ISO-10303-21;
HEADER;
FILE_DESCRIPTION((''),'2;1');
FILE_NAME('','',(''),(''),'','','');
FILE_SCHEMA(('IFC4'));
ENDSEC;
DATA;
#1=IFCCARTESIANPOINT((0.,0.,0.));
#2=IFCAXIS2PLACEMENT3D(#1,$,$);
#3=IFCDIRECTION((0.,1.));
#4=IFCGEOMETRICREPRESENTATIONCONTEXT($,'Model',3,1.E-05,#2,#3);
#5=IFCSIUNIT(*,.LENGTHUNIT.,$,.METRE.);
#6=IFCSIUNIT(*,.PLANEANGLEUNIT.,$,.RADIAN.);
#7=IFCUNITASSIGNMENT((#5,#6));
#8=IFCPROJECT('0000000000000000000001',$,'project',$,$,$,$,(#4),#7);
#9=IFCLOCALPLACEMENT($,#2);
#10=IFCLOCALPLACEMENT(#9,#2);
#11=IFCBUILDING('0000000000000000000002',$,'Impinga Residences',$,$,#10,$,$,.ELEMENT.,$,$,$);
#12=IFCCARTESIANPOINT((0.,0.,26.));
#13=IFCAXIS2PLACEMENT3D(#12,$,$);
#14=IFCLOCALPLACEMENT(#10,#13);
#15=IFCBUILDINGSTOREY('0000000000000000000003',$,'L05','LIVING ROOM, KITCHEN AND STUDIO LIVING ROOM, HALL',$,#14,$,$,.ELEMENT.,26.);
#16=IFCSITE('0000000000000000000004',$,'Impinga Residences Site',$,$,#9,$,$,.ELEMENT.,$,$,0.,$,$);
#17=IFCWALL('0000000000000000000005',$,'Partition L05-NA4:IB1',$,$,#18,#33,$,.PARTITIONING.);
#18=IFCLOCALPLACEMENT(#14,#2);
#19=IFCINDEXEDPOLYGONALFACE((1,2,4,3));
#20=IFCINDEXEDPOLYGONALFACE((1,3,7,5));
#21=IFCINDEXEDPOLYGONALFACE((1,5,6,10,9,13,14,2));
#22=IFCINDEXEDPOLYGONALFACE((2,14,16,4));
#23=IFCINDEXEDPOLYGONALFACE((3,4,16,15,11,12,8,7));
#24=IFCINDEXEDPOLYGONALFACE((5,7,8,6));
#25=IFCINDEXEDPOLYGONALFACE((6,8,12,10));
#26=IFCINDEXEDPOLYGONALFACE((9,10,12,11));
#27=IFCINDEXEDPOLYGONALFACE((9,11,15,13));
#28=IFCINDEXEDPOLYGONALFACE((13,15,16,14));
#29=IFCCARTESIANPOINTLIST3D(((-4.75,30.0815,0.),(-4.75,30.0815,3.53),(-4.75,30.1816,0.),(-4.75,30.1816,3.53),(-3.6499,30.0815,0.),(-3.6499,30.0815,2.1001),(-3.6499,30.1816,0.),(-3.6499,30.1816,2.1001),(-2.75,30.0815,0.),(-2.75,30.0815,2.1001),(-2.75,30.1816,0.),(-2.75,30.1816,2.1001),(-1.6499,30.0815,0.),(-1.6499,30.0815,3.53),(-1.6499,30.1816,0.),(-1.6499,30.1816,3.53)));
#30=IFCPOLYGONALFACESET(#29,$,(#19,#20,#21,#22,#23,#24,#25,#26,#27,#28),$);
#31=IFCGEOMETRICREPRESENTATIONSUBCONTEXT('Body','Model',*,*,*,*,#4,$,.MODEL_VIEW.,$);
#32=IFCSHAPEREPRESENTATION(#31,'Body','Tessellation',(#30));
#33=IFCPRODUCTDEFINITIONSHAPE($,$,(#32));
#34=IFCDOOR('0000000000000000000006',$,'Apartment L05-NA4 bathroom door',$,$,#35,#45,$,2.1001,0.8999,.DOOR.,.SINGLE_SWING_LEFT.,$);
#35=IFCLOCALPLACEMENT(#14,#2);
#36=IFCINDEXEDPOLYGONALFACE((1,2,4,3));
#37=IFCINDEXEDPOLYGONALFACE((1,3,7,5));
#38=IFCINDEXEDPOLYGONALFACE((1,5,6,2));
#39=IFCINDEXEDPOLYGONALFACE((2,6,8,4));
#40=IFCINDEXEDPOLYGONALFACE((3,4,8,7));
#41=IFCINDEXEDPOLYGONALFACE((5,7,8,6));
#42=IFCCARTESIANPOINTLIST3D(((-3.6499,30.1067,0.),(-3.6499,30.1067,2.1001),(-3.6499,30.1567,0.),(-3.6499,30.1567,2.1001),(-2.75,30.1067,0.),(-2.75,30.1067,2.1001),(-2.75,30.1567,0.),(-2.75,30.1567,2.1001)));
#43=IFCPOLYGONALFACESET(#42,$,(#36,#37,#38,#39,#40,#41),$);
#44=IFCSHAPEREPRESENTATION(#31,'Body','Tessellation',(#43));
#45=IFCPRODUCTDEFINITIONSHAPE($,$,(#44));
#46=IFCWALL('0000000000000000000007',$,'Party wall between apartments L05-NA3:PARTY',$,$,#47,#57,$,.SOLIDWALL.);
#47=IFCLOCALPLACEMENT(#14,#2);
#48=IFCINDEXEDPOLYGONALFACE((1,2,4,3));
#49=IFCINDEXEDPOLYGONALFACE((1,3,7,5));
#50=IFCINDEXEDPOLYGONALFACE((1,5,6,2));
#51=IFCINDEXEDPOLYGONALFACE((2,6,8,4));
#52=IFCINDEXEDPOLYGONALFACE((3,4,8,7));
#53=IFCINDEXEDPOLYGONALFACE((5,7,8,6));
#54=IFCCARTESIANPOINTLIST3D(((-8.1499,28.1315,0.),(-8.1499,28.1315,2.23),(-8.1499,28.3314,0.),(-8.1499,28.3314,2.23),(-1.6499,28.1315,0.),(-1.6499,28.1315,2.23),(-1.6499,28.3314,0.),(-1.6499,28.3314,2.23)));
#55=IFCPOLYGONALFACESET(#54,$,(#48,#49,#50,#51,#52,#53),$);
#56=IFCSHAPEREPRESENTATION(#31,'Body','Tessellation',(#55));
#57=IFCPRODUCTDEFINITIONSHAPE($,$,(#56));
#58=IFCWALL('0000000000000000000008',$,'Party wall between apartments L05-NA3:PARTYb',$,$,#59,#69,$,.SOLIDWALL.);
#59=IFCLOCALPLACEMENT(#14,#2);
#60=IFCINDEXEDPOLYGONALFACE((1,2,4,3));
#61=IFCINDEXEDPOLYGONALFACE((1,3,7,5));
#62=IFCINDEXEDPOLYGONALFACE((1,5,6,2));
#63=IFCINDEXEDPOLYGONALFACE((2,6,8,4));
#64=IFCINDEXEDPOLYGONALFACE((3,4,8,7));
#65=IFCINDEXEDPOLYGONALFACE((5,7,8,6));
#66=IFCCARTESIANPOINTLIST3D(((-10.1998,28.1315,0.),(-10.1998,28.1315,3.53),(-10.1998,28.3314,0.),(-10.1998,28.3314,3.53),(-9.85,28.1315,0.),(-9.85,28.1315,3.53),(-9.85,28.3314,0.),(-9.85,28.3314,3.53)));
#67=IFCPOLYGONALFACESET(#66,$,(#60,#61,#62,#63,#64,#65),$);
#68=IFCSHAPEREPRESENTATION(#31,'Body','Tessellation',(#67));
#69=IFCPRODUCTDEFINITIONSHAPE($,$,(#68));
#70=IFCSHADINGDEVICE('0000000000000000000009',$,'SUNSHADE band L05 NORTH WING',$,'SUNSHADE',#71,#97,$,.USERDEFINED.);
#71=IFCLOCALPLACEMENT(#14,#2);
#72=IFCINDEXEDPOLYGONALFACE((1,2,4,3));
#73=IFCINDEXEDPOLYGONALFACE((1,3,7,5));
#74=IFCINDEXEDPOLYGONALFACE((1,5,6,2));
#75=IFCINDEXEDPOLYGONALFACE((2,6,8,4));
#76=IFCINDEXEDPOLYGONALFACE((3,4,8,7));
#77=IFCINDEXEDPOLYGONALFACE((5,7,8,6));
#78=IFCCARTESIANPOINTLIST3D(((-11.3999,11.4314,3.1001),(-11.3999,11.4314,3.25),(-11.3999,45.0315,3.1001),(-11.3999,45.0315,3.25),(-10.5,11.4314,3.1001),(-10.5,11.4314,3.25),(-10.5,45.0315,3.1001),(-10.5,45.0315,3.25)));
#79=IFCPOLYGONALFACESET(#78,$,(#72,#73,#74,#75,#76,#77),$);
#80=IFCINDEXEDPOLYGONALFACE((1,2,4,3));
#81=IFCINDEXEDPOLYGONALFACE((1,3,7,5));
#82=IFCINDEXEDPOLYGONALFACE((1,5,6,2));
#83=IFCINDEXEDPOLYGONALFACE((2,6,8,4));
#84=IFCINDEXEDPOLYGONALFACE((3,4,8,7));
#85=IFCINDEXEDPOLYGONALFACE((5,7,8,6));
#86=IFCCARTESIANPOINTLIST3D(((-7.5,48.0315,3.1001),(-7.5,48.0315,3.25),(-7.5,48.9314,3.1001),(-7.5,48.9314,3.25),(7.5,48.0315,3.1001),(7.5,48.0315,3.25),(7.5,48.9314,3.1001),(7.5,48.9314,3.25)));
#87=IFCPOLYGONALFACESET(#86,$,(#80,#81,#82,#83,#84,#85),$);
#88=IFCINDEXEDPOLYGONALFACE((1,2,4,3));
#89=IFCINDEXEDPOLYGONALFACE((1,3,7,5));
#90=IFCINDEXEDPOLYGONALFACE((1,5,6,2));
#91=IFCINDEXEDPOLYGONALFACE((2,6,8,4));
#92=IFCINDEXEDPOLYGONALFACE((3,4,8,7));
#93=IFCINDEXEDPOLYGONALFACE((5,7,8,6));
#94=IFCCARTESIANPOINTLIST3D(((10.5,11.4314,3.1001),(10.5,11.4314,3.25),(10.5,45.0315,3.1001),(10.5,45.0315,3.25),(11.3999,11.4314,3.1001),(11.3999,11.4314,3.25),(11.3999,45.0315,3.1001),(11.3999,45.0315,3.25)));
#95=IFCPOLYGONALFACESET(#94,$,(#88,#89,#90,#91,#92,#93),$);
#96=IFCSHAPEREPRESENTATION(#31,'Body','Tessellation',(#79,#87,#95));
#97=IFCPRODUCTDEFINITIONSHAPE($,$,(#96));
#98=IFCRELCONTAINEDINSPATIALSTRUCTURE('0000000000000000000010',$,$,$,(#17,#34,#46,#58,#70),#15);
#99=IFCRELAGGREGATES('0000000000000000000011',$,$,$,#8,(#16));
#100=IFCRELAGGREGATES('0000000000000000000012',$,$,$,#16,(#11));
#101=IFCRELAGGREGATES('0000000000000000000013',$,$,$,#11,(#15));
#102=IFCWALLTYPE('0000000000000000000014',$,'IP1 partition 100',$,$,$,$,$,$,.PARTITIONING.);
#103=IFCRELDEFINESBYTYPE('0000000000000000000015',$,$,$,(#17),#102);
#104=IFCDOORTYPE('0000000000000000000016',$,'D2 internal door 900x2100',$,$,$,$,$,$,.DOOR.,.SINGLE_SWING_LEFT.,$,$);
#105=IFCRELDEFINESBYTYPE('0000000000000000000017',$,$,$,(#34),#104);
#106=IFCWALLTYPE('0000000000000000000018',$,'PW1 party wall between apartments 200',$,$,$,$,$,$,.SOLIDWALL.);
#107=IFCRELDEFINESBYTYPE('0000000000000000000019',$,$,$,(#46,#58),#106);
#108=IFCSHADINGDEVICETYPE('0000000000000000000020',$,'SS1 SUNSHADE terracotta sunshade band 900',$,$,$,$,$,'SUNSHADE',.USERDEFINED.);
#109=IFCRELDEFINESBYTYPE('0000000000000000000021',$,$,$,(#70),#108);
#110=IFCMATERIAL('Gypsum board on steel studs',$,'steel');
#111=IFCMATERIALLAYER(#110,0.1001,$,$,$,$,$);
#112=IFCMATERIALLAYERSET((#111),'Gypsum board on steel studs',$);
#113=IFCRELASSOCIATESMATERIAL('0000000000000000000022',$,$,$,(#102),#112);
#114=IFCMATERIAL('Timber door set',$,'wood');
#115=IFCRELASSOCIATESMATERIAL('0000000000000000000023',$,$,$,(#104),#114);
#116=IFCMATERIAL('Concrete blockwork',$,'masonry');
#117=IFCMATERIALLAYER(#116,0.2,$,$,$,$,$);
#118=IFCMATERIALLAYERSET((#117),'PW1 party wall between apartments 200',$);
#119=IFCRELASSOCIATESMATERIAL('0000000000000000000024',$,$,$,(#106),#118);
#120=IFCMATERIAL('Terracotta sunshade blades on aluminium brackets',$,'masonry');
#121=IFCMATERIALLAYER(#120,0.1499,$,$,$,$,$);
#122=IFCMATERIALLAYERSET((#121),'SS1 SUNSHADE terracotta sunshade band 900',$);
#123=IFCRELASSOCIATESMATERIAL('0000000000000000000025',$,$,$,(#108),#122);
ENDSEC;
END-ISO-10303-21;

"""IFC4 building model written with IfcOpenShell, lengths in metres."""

from ifc_helpers import new_model, si_unit, direction, frame, frame_2d, origin, origin_2d, place, context, subcontext, project, spatial, rectangle, extrude, material, layer, layer_set, type_object, element, fill, save


model = new_model("IFC4")

# Units and contexts
model_context = context("Model", 3, precision=1e-05, world=origin(), true_north=direction((0.0, 1.0)))
body_context = subcontext(model_context, "Body", "Model", "MODEL_VIEW")
ifc_project = project(units=[si_unit("LENGTHUNIT", "METRE"), si_unit("PLANEANGLEUNIT", "RADIAN")], contexts=[model_context])

# Site, building, storey
site_placement = place(None, origin())
site = spatial("IfcSite", under=ifc_project, at=site_placement, Name="Impinga Residences Site", CompositionType="ELEMENT", RefElevation=0.0)
building_placement = place(site_placement, origin())
building = spatial("IfcBuilding", under=site, at=building_placement, Name="Impinga Residences", CompositionType="ELEMENT")
storey_placement = place(building_placement, frame((0.0, 0.0, 26.0)))
storey = spatial("IfcBuildingStorey", under=building, at=storey_placement, Name="L05", Description="LIVING ROOM, KITCHEN AND STUDIO LIVING ROOM, HALL", CompositionType="ELEMENT", Elevation=26.0)

# Shared definitions
ifc_material_1 = material(Name="Gypsum board on steel studs", Category="steel")
ifc_layer_1 = layer(ifc_material_1, 0.1001)
ifc_layer_set_1 = layer_set([ifc_layer_1], Name="Gypsum board on steel studs")
wall_type_1 = type_object("IfcWallType", Name="IP1 partition 100", PredefinedType="PARTITIONING", material=ifc_layer_set_1)

# Shared definitions
ifc_material_2 = material(Name="Timber door set", Category="wood")
door_type = type_object("IfcDoorType", Name="D2 internal door 900x2100", OperationType="SINGLE_SWING_LEFT", PredefinedType="DOOR", material=ifc_material_2)

# Wall, opening, door
wall_1_placement = place(storey_placement, frame((-1.6499, 30.1316, 0.0), z_axis=(0.0, 0.0, 1.0), x_axis=(-1.0, 0.0, 0.0)))
wall_1 = element("IfcWall", 1, at=wall_1_placement, inside=storey, type_object=wall_type_1, Name="Partition L05-NA4:IB1", PredefinedType="PARTITIONING", context=body_context, shape_type="SweptSolid", body=[
    extrude(rectangle(XDim=3.1001, YDim=0.1001, at=frame_2d((1.55, 0.0))), origin(), (0.0, 0.0, 1.0), 3.53),
])
opening_1_placement = place(wall_1_placement, frame((1.1001, 0.0, 0.0)))
opening_1 = element("IfcOpeningElement", 2, at=opening_1_placement, cuts=wall_1, PredefinedType="OPENING", context=body_context, shape_type="SweptSolid", body=[
    extrude(rectangle(XDim=0.8999, YDim=2.1001, at=frame_2d((0.45, 1.05))), frame((0.0, 0.0601, 0.0), z_axis=(0.0, -1.0, 0.0), x_axis=(1.0, 0.0, 0.0)), (0.0, 0.0, 1.0), 0.1201),
])
door_1_placement = place(opening_1_placement, origin())
door_1 = element("IfcDoor", 3, at=door_1_placement, inside=storey, type_object=door_type, Name="Apartment L05-NA4 bathroom door", OperationType="SINGLE_SWING_LEFT", OverallHeight=2.1001, OverallWidth=0.8999, PredefinedType="DOOR", context=body_context, shape_type="SweptSolid", body=[
    extrude(rectangle(XDim=0.8999, YDim=2.1001, at=frame_2d((0.45, 1.05))), frame((0.0, 0.0249, 0.0), z_axis=(0.0, -1.0, 0.0), x_axis=(1.0, 0.0, 0.0)), (0.0, 0.0, 1.0), 0.05),
])
fill(opening_1, door_1)

# Walls
ifc_material_3 = material(Name="Concrete blockwork", Category="masonry")
ifc_layer_2 = layer(ifc_material_3, 0.2)
ifc_layer_set_2 = layer_set([ifc_layer_2], Name="PW1 party wall between apartments 200")
wall_type_2 = type_object("IfcWallType", Name="PW1 party wall between apartments 200", PredefinedType="SOLIDWALL", material=ifc_layer_set_2)
wall_2_placement = place(storey_placement, frame((-1.6499, 28.2314, 0.0), z_axis=(0.0, 0.0, 1.0), x_axis=(-1.0, 0.0, 0.0)))
element("IfcWall", 4, at=wall_2_placement, inside=storey, type_object=wall_type_2, Name="Party wall between apartments L05-NA3:PARTY", PredefinedType="SOLIDWALL", context=body_context, shape_type="SweptSolid", body=[
    extrude(rectangle(XDim=6.5, YDim=0.2, at=frame_2d((3.25, 0.0))), origin(), (0.0, 0.0, 1.0), 2.23),
])
wall_3_placement = place(storey_placement, frame((-9.8501, 28.2314, 0.0), z_axis=(0.0, 0.0, 1.0), x_axis=(-1.0, 0.0, 0.0)))
element("IfcWall", 5, at=wall_3_placement, inside=storey, type_object=wall_type_2, Name="Party wall between apartments L05-NA3:PARTYb", PredefinedType="SOLIDWALL", context=body_context, shape_type="SweptSolid", body=[
    extrude(rectangle(XDim=0.3499, YDim=0.2, at=frame_2d((0.1748, 0.0))), origin(), (0.0, 0.0, 1.0), 3.53),
])

# Shading device
ifc_material_4 = material(Name="Terracotta sunshade blades on aluminium brackets", Category="masonry")
ifc_layer_3 = layer(ifc_material_4, 0.1499)
ifc_layer_set_3 = layer_set([ifc_layer_3], Name="SS1 SUNSHADE terracotta sunshade band 900")
shading_device_type = type_object("IfcShadingDeviceType", Name="SS1 SUNSHADE terracotta sunshade band 900", ElementType="SUNSHADE", PredefinedType="USERDEFINED", material=ifc_layer_set_3)
shading_device_placement = place(storey_placement, frame((-10.95, 28.2314, 3.1001), z_axis=(0.0, 0.0, 1.0), x_axis=(0.0, 1.0, 0.0)))
element("IfcShadingDevice", 6, at=shading_device_placement, inside=storey, type_object=shading_device_type, Name="SUNSHADE band L05 NORTH WING", ObjectType="SUNSHADE", PredefinedType="USERDEFINED", context=body_context, shape_type="SweptSolid", body=[
    extrude(rectangle(XDim=33.6001, YDim=0.8999, at=origin_2d()), origin(), (0.0, 0.0, 1.0), 0.1499),
    extrude(rectangle(XDim=15.0, YDim=0.8999, at=origin_2d()), frame((20.25, -10.95, 0.0), z_axis=(0.0, 0.0, 1.0), x_axis=(0.0, -1.0, 0.0)), (0.0, 0.0, 1.0), 0.1499),
    extrude(rectangle(XDim=33.6001, YDim=0.8999, at=origin_2d()), frame((0.0, -21.8999, 0.0), z_axis=(0.0, 0.0, 1.0), x_axis=(-1.0, 0.0, 0.0)), (0.0, 0.0, 1.0), 0.1499),
])

save(model, "model.ifc")
